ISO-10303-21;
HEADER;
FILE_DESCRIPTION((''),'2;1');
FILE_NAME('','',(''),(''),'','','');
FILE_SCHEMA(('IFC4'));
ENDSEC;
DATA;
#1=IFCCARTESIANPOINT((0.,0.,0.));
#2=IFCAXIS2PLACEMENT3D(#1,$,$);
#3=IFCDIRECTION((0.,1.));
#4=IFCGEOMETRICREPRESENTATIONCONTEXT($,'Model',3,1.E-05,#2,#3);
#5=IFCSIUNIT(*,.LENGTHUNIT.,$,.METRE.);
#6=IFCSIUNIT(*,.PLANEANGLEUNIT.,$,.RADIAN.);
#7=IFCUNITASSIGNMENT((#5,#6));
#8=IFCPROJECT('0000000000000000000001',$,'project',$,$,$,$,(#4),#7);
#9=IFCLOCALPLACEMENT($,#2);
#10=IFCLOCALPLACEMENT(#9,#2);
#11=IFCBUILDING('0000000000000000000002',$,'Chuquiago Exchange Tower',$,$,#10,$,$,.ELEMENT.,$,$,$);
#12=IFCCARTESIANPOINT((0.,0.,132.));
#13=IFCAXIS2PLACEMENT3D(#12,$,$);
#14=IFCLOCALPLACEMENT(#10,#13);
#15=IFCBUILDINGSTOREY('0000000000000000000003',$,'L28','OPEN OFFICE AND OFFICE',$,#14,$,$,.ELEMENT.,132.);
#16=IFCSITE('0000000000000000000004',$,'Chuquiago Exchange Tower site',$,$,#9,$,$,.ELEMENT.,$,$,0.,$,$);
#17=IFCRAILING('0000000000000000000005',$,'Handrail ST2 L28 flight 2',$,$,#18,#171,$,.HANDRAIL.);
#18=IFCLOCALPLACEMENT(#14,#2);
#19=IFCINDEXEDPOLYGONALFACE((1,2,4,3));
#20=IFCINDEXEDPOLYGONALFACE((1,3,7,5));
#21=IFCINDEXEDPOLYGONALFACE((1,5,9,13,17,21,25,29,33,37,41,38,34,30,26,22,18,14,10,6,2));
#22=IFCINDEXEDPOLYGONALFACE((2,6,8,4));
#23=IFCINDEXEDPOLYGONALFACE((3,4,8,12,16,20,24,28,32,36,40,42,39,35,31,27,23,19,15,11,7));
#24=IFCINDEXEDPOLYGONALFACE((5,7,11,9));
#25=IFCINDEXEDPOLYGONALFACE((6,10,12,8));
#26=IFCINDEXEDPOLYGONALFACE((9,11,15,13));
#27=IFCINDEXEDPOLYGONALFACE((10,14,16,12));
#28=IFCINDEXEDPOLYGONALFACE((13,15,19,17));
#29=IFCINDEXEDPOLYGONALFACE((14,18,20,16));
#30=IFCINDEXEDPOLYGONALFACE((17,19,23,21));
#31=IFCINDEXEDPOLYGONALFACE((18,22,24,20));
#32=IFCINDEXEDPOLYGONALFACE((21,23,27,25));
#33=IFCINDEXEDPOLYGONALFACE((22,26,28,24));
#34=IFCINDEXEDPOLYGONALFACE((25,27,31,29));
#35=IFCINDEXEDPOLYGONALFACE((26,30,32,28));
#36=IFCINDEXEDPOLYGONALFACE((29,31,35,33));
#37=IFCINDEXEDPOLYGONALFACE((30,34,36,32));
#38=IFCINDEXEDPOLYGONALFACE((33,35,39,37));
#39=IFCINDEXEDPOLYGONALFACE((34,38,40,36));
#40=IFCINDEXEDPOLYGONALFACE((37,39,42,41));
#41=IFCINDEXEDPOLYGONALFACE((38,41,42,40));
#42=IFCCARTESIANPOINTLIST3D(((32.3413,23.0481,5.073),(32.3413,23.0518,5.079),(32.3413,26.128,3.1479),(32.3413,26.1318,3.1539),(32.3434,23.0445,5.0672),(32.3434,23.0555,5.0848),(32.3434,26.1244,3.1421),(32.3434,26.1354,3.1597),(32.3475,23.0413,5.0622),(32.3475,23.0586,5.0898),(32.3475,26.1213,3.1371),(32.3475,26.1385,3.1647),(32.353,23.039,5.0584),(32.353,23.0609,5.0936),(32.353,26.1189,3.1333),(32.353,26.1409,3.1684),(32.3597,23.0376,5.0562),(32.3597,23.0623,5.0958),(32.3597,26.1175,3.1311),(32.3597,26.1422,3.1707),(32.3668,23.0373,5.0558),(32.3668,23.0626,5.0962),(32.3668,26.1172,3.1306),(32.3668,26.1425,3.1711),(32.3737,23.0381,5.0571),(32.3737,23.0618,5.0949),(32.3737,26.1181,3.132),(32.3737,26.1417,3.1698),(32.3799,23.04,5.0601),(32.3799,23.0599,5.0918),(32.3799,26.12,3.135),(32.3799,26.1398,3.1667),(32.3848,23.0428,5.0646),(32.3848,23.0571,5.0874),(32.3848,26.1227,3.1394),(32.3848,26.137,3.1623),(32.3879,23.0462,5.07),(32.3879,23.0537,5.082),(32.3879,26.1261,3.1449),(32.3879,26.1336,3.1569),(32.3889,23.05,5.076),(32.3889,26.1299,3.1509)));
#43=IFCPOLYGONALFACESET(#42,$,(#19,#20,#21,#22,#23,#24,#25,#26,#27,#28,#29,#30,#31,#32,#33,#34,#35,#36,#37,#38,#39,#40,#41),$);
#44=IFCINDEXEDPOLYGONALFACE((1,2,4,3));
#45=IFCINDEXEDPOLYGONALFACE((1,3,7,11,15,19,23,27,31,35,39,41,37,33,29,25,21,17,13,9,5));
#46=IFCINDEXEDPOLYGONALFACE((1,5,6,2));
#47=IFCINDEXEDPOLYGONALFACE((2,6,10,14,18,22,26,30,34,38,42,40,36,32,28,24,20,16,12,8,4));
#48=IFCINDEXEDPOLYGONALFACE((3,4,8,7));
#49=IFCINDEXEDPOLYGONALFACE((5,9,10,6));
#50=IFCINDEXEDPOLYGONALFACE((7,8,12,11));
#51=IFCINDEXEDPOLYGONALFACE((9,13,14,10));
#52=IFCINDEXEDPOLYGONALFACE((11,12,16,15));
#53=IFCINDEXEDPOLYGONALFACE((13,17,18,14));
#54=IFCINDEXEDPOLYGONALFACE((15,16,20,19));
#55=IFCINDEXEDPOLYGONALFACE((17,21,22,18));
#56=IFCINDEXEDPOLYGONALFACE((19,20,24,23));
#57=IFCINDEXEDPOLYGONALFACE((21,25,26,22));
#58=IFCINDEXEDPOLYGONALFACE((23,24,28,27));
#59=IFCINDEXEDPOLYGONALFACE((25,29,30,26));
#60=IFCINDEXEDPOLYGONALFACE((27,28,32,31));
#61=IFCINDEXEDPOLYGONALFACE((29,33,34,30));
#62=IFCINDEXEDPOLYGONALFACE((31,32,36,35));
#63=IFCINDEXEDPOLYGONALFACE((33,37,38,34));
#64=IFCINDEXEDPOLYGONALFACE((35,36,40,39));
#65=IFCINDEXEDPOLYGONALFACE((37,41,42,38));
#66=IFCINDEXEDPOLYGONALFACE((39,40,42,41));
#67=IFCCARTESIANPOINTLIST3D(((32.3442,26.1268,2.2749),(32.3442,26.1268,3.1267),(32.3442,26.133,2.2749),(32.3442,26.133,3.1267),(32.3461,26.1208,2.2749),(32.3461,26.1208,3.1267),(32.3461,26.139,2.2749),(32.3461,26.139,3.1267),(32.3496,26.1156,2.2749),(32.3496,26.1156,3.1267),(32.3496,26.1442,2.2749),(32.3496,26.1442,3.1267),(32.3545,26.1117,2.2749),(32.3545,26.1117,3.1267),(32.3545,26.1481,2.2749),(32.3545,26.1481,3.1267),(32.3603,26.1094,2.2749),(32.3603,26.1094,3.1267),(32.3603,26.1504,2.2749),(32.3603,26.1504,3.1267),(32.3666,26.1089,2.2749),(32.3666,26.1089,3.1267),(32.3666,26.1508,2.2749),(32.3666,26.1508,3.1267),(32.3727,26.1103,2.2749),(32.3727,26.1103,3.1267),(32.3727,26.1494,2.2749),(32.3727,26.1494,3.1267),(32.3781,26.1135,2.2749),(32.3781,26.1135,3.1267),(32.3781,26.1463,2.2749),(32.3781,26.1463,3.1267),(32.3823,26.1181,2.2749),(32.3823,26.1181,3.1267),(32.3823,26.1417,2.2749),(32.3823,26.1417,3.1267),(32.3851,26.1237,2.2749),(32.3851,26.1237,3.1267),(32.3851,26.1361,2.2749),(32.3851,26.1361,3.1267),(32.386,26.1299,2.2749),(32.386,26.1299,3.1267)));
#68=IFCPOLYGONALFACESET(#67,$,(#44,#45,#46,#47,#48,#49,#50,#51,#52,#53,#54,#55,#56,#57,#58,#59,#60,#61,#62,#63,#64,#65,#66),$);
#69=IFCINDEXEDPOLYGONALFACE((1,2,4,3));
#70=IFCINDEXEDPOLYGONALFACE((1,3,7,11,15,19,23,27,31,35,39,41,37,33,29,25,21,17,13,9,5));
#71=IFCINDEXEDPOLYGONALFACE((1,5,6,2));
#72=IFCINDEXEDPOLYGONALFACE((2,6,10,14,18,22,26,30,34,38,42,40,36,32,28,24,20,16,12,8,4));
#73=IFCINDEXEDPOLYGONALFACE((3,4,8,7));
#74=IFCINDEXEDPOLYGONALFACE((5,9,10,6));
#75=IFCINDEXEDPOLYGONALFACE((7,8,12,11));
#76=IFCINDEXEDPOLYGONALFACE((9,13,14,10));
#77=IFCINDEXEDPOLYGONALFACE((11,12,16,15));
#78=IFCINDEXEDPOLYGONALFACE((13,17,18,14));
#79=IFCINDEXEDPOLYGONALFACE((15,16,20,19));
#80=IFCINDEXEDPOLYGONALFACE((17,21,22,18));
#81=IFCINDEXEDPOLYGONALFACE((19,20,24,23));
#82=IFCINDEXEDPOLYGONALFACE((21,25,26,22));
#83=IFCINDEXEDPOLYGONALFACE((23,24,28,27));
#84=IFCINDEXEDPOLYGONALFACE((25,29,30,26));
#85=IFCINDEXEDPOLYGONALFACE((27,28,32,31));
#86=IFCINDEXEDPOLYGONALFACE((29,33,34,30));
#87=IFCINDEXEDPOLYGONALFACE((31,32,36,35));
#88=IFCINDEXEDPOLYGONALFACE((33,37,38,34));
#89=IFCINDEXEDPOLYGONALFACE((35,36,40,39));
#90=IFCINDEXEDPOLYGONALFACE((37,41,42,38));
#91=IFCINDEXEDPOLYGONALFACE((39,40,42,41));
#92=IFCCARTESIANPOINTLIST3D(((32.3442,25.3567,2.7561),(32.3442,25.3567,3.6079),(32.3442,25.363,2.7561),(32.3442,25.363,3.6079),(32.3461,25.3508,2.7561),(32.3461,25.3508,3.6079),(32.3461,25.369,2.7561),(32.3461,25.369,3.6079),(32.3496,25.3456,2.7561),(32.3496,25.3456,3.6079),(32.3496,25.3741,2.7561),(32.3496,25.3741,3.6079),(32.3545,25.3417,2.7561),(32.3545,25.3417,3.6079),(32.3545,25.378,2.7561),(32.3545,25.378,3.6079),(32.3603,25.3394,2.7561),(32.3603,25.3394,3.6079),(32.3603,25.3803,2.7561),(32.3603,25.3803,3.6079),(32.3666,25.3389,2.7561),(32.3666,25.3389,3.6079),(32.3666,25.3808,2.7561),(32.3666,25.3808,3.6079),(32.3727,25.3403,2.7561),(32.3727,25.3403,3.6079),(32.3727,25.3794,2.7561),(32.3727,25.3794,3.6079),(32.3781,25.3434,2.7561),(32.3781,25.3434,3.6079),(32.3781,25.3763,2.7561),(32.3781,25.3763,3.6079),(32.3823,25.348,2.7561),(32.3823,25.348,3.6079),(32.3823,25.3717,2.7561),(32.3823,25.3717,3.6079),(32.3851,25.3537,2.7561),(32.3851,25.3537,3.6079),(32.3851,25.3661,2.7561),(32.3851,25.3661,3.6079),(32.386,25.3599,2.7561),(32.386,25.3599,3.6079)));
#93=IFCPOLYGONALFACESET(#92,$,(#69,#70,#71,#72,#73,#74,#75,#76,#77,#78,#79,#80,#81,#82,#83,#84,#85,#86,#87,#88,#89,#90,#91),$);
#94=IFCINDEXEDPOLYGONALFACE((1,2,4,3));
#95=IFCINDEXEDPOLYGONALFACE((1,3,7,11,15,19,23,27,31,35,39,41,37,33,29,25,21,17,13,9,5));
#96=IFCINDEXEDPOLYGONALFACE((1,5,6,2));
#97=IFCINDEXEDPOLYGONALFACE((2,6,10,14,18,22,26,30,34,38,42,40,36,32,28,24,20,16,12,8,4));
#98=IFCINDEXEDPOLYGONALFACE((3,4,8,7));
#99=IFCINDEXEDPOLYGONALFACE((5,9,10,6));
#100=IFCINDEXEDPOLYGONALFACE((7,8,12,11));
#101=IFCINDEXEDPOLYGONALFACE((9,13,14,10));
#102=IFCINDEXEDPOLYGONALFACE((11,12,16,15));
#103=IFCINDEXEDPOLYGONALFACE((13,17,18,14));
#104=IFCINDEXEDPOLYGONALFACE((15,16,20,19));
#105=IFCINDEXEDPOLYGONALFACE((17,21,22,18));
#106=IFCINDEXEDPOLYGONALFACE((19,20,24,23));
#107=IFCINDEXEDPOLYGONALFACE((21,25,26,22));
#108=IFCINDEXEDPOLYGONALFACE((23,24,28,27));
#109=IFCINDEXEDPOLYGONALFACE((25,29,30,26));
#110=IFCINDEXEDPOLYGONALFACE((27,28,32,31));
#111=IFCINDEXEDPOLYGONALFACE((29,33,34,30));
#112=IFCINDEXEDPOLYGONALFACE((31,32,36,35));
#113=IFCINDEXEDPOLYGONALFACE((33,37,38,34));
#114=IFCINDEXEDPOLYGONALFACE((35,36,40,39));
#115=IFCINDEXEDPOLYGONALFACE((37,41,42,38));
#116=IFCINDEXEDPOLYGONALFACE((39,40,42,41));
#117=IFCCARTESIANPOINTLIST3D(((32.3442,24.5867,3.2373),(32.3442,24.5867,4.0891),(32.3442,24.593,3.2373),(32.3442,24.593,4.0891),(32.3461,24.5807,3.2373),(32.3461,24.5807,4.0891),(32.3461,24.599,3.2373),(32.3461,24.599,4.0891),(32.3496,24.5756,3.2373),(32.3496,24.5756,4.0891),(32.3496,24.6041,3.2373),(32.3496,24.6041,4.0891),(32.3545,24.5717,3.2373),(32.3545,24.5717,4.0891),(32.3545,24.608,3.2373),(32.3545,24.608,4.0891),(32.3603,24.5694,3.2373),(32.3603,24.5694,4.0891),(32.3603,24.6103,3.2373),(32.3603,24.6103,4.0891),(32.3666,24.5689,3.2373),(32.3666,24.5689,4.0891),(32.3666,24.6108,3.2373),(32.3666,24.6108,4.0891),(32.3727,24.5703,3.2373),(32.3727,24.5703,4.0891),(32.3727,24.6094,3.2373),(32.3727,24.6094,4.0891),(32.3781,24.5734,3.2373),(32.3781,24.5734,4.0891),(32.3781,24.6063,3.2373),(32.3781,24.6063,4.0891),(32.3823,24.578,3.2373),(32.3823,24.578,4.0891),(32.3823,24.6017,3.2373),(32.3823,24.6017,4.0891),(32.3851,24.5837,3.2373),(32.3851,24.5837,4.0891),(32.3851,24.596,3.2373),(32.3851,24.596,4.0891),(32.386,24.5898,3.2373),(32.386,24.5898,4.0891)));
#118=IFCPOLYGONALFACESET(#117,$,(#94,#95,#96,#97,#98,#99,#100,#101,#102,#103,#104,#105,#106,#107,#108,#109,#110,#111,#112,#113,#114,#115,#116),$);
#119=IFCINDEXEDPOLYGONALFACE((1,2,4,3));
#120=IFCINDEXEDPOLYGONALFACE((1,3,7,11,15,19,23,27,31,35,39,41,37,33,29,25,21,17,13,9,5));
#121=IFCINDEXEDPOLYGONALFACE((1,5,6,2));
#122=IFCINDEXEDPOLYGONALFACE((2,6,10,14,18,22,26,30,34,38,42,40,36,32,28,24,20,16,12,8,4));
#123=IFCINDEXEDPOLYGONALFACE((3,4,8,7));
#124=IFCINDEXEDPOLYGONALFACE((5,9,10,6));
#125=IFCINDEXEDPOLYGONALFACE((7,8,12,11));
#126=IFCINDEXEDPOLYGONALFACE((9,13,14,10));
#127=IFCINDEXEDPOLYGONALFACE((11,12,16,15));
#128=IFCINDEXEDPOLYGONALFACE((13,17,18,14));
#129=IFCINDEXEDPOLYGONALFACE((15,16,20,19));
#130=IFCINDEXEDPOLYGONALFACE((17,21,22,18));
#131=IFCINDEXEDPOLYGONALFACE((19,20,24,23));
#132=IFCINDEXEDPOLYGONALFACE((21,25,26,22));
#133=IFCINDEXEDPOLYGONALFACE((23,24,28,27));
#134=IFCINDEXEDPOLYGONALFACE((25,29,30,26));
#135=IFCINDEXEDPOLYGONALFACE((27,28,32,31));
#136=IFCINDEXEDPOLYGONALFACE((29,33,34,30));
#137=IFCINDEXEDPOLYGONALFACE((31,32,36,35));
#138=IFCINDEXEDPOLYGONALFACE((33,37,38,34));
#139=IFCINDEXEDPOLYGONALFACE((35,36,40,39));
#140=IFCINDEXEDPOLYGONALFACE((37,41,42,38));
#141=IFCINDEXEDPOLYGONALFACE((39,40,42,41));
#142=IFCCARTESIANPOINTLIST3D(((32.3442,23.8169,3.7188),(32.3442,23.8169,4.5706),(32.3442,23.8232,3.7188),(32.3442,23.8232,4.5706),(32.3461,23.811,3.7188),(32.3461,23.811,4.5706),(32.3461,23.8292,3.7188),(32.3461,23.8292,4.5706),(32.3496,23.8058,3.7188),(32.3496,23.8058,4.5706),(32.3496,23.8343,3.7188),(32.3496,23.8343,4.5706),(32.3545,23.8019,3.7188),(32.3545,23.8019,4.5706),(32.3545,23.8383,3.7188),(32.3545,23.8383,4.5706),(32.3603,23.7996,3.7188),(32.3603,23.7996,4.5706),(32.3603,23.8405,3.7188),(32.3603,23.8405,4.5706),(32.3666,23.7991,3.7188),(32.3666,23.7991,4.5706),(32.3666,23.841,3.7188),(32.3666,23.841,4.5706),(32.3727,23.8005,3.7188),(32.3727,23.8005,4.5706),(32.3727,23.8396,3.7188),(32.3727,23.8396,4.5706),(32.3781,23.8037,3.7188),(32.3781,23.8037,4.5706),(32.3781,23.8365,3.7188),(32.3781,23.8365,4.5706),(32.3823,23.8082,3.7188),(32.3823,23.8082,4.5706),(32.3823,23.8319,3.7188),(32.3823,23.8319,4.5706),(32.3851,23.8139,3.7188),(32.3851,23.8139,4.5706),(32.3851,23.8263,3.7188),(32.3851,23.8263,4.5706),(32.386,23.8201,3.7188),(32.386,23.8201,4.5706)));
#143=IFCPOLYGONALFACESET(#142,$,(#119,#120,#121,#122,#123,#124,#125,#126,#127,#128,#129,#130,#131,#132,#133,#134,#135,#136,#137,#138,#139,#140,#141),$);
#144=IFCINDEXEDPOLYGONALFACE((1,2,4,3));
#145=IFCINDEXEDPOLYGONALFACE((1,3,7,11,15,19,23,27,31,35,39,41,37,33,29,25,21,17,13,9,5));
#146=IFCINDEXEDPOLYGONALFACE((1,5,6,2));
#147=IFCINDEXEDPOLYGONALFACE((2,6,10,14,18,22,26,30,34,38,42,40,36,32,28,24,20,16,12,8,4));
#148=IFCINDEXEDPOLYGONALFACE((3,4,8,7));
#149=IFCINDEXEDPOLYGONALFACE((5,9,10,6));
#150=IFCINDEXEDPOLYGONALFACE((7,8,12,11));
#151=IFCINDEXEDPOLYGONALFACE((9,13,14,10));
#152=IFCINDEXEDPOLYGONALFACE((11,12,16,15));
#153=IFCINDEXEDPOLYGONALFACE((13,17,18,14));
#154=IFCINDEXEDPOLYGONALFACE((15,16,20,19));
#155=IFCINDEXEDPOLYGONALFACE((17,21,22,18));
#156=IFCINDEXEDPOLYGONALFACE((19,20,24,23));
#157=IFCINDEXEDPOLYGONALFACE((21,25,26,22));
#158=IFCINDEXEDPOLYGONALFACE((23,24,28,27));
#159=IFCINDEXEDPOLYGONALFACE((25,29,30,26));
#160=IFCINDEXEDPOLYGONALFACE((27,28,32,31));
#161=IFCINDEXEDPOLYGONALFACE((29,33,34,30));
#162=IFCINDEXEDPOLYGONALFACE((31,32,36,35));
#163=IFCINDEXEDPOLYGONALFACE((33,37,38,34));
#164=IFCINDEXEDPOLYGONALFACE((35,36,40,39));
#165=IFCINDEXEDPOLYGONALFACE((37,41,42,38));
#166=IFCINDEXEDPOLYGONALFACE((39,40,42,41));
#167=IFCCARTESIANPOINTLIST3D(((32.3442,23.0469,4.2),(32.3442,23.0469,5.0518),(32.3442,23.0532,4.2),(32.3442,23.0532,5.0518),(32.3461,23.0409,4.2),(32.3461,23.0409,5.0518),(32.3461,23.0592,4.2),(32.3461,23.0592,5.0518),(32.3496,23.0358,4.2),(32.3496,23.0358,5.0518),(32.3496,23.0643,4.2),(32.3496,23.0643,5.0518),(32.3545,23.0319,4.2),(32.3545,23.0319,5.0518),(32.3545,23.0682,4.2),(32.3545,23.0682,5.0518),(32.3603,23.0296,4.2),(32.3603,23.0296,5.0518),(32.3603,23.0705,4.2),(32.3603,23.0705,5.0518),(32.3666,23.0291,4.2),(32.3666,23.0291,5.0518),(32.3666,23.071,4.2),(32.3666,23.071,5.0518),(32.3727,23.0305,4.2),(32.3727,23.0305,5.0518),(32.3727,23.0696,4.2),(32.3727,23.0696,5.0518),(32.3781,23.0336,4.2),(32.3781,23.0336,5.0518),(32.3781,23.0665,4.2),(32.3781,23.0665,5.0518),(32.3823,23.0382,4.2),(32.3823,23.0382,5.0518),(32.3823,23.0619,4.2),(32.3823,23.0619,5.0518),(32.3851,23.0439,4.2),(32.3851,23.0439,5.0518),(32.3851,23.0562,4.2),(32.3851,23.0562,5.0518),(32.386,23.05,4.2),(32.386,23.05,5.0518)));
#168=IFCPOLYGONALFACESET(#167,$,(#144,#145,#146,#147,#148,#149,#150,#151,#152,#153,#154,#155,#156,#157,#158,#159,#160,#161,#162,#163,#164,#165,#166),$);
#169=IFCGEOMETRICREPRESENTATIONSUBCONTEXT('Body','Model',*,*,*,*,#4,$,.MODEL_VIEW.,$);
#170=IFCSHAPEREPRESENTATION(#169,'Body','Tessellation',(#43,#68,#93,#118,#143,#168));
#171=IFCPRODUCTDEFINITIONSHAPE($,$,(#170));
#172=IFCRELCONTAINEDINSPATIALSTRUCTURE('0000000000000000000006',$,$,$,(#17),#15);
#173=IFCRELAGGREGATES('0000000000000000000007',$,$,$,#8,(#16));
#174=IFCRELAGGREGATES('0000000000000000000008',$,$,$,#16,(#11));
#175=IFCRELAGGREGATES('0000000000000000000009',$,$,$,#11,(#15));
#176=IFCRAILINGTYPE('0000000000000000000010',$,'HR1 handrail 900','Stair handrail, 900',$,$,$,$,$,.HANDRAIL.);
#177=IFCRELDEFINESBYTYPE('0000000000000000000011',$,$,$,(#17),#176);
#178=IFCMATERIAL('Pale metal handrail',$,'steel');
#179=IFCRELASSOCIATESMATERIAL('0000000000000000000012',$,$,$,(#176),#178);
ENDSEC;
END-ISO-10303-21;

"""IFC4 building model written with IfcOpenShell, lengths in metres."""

from ifc_helpers import new_model, si_unit, direction, frame, origin, origin_2d, place, context, subcontext, project, spatial, circle, extrude, material, type_object, element, save


model = new_model("IFC4")

# Units and contexts
model_context = context("Model", 3, precision=1e-05, world=origin(), true_north=direction((0.0, 1.0)))
body_context = subcontext(model_context, "Body", "Model", "MODEL_VIEW")
ifc_project = project(units=[si_unit("LENGTHUNIT", "METRE"), si_unit("PLANEANGLEUNIT", "RADIAN")], contexts=[model_context])

# Site, building, storey
site_placement = place(None, origin())
site = spatial("IfcSite", under=ifc_project, at=site_placement, Name="Chuquiago Exchange Tower site", CompositionType="ELEMENT", RefElevation=0.0)
building_placement = place(site_placement, origin())
building = spatial("IfcBuilding", under=site, at=building_placement, Name="Chuquiago Exchange Tower", CompositionType="ELEMENT")
storey_placement = place(building_placement, frame((0.0, 0.0, 132.0)))
storey = spatial("IfcBuildingStorey", under=building, at=storey_placement, Name="L28", Description="OPEN OFFICE AND OFFICE", CompositionType="ELEMENT", Elevation=132.0)

# Railing
ifc_material_1 = material(Name="Pale metal handrail", Category="steel")
railing_type_1 = type_object("IfcRailingType", Name="HR1 handrail 900", Description="Stair handrail, 900", PredefinedType="HANDRAIL", material=ifc_material_1)
for number, where, name in (
    (1, (32.365, 26.1299, 2.2749), "Handrail ST2 L28 flight 2"),
):
    element("IfcRailing", number, at=place(storey_placement, frame(where)), inside=storey, type_object=railing_type_1, Name=name, PredefinedType="HANDRAIL", context=body_context, shape_type="SweptSolid", body=[
        extrude(circle(Radius=0.0239, at=origin_2d()), frame((0.0, 0.0, 0.876), z_axis=(0.0, -0.847979, 0.530029), x_axis=(1.0, 0.0, 0.0)), (0.0, 0.0, 1.0), 3.6321),
        extrude(circle(Radius=0.021, at=origin_2d()), origin(), (0.0, 0.0, 1.0), 0.8518),
        extrude(circle(Radius=0.021, at=origin_2d()), frame((0.0, -0.77, 0.4812)), (0.0, 0.0, 1.0), 0.8518),
        extrude(circle(Radius=0.021, at=origin_2d()), frame((0.0, -1.54, 0.9624)), (0.0, 0.0, 1.0), 0.8518),
        extrude(circle(Radius=0.021, at=origin_2d()), frame((0.0, -2.3098, 1.4438)), (0.0, 0.0, 1.0), 0.8518),
        extrude(circle(Radius=0.021, at=origin_2d()), frame((0.0, -3.0798, 1.925)), (0.0, 0.0, 1.0), 0.8518),
    ])

save(model, "model.ifc")
